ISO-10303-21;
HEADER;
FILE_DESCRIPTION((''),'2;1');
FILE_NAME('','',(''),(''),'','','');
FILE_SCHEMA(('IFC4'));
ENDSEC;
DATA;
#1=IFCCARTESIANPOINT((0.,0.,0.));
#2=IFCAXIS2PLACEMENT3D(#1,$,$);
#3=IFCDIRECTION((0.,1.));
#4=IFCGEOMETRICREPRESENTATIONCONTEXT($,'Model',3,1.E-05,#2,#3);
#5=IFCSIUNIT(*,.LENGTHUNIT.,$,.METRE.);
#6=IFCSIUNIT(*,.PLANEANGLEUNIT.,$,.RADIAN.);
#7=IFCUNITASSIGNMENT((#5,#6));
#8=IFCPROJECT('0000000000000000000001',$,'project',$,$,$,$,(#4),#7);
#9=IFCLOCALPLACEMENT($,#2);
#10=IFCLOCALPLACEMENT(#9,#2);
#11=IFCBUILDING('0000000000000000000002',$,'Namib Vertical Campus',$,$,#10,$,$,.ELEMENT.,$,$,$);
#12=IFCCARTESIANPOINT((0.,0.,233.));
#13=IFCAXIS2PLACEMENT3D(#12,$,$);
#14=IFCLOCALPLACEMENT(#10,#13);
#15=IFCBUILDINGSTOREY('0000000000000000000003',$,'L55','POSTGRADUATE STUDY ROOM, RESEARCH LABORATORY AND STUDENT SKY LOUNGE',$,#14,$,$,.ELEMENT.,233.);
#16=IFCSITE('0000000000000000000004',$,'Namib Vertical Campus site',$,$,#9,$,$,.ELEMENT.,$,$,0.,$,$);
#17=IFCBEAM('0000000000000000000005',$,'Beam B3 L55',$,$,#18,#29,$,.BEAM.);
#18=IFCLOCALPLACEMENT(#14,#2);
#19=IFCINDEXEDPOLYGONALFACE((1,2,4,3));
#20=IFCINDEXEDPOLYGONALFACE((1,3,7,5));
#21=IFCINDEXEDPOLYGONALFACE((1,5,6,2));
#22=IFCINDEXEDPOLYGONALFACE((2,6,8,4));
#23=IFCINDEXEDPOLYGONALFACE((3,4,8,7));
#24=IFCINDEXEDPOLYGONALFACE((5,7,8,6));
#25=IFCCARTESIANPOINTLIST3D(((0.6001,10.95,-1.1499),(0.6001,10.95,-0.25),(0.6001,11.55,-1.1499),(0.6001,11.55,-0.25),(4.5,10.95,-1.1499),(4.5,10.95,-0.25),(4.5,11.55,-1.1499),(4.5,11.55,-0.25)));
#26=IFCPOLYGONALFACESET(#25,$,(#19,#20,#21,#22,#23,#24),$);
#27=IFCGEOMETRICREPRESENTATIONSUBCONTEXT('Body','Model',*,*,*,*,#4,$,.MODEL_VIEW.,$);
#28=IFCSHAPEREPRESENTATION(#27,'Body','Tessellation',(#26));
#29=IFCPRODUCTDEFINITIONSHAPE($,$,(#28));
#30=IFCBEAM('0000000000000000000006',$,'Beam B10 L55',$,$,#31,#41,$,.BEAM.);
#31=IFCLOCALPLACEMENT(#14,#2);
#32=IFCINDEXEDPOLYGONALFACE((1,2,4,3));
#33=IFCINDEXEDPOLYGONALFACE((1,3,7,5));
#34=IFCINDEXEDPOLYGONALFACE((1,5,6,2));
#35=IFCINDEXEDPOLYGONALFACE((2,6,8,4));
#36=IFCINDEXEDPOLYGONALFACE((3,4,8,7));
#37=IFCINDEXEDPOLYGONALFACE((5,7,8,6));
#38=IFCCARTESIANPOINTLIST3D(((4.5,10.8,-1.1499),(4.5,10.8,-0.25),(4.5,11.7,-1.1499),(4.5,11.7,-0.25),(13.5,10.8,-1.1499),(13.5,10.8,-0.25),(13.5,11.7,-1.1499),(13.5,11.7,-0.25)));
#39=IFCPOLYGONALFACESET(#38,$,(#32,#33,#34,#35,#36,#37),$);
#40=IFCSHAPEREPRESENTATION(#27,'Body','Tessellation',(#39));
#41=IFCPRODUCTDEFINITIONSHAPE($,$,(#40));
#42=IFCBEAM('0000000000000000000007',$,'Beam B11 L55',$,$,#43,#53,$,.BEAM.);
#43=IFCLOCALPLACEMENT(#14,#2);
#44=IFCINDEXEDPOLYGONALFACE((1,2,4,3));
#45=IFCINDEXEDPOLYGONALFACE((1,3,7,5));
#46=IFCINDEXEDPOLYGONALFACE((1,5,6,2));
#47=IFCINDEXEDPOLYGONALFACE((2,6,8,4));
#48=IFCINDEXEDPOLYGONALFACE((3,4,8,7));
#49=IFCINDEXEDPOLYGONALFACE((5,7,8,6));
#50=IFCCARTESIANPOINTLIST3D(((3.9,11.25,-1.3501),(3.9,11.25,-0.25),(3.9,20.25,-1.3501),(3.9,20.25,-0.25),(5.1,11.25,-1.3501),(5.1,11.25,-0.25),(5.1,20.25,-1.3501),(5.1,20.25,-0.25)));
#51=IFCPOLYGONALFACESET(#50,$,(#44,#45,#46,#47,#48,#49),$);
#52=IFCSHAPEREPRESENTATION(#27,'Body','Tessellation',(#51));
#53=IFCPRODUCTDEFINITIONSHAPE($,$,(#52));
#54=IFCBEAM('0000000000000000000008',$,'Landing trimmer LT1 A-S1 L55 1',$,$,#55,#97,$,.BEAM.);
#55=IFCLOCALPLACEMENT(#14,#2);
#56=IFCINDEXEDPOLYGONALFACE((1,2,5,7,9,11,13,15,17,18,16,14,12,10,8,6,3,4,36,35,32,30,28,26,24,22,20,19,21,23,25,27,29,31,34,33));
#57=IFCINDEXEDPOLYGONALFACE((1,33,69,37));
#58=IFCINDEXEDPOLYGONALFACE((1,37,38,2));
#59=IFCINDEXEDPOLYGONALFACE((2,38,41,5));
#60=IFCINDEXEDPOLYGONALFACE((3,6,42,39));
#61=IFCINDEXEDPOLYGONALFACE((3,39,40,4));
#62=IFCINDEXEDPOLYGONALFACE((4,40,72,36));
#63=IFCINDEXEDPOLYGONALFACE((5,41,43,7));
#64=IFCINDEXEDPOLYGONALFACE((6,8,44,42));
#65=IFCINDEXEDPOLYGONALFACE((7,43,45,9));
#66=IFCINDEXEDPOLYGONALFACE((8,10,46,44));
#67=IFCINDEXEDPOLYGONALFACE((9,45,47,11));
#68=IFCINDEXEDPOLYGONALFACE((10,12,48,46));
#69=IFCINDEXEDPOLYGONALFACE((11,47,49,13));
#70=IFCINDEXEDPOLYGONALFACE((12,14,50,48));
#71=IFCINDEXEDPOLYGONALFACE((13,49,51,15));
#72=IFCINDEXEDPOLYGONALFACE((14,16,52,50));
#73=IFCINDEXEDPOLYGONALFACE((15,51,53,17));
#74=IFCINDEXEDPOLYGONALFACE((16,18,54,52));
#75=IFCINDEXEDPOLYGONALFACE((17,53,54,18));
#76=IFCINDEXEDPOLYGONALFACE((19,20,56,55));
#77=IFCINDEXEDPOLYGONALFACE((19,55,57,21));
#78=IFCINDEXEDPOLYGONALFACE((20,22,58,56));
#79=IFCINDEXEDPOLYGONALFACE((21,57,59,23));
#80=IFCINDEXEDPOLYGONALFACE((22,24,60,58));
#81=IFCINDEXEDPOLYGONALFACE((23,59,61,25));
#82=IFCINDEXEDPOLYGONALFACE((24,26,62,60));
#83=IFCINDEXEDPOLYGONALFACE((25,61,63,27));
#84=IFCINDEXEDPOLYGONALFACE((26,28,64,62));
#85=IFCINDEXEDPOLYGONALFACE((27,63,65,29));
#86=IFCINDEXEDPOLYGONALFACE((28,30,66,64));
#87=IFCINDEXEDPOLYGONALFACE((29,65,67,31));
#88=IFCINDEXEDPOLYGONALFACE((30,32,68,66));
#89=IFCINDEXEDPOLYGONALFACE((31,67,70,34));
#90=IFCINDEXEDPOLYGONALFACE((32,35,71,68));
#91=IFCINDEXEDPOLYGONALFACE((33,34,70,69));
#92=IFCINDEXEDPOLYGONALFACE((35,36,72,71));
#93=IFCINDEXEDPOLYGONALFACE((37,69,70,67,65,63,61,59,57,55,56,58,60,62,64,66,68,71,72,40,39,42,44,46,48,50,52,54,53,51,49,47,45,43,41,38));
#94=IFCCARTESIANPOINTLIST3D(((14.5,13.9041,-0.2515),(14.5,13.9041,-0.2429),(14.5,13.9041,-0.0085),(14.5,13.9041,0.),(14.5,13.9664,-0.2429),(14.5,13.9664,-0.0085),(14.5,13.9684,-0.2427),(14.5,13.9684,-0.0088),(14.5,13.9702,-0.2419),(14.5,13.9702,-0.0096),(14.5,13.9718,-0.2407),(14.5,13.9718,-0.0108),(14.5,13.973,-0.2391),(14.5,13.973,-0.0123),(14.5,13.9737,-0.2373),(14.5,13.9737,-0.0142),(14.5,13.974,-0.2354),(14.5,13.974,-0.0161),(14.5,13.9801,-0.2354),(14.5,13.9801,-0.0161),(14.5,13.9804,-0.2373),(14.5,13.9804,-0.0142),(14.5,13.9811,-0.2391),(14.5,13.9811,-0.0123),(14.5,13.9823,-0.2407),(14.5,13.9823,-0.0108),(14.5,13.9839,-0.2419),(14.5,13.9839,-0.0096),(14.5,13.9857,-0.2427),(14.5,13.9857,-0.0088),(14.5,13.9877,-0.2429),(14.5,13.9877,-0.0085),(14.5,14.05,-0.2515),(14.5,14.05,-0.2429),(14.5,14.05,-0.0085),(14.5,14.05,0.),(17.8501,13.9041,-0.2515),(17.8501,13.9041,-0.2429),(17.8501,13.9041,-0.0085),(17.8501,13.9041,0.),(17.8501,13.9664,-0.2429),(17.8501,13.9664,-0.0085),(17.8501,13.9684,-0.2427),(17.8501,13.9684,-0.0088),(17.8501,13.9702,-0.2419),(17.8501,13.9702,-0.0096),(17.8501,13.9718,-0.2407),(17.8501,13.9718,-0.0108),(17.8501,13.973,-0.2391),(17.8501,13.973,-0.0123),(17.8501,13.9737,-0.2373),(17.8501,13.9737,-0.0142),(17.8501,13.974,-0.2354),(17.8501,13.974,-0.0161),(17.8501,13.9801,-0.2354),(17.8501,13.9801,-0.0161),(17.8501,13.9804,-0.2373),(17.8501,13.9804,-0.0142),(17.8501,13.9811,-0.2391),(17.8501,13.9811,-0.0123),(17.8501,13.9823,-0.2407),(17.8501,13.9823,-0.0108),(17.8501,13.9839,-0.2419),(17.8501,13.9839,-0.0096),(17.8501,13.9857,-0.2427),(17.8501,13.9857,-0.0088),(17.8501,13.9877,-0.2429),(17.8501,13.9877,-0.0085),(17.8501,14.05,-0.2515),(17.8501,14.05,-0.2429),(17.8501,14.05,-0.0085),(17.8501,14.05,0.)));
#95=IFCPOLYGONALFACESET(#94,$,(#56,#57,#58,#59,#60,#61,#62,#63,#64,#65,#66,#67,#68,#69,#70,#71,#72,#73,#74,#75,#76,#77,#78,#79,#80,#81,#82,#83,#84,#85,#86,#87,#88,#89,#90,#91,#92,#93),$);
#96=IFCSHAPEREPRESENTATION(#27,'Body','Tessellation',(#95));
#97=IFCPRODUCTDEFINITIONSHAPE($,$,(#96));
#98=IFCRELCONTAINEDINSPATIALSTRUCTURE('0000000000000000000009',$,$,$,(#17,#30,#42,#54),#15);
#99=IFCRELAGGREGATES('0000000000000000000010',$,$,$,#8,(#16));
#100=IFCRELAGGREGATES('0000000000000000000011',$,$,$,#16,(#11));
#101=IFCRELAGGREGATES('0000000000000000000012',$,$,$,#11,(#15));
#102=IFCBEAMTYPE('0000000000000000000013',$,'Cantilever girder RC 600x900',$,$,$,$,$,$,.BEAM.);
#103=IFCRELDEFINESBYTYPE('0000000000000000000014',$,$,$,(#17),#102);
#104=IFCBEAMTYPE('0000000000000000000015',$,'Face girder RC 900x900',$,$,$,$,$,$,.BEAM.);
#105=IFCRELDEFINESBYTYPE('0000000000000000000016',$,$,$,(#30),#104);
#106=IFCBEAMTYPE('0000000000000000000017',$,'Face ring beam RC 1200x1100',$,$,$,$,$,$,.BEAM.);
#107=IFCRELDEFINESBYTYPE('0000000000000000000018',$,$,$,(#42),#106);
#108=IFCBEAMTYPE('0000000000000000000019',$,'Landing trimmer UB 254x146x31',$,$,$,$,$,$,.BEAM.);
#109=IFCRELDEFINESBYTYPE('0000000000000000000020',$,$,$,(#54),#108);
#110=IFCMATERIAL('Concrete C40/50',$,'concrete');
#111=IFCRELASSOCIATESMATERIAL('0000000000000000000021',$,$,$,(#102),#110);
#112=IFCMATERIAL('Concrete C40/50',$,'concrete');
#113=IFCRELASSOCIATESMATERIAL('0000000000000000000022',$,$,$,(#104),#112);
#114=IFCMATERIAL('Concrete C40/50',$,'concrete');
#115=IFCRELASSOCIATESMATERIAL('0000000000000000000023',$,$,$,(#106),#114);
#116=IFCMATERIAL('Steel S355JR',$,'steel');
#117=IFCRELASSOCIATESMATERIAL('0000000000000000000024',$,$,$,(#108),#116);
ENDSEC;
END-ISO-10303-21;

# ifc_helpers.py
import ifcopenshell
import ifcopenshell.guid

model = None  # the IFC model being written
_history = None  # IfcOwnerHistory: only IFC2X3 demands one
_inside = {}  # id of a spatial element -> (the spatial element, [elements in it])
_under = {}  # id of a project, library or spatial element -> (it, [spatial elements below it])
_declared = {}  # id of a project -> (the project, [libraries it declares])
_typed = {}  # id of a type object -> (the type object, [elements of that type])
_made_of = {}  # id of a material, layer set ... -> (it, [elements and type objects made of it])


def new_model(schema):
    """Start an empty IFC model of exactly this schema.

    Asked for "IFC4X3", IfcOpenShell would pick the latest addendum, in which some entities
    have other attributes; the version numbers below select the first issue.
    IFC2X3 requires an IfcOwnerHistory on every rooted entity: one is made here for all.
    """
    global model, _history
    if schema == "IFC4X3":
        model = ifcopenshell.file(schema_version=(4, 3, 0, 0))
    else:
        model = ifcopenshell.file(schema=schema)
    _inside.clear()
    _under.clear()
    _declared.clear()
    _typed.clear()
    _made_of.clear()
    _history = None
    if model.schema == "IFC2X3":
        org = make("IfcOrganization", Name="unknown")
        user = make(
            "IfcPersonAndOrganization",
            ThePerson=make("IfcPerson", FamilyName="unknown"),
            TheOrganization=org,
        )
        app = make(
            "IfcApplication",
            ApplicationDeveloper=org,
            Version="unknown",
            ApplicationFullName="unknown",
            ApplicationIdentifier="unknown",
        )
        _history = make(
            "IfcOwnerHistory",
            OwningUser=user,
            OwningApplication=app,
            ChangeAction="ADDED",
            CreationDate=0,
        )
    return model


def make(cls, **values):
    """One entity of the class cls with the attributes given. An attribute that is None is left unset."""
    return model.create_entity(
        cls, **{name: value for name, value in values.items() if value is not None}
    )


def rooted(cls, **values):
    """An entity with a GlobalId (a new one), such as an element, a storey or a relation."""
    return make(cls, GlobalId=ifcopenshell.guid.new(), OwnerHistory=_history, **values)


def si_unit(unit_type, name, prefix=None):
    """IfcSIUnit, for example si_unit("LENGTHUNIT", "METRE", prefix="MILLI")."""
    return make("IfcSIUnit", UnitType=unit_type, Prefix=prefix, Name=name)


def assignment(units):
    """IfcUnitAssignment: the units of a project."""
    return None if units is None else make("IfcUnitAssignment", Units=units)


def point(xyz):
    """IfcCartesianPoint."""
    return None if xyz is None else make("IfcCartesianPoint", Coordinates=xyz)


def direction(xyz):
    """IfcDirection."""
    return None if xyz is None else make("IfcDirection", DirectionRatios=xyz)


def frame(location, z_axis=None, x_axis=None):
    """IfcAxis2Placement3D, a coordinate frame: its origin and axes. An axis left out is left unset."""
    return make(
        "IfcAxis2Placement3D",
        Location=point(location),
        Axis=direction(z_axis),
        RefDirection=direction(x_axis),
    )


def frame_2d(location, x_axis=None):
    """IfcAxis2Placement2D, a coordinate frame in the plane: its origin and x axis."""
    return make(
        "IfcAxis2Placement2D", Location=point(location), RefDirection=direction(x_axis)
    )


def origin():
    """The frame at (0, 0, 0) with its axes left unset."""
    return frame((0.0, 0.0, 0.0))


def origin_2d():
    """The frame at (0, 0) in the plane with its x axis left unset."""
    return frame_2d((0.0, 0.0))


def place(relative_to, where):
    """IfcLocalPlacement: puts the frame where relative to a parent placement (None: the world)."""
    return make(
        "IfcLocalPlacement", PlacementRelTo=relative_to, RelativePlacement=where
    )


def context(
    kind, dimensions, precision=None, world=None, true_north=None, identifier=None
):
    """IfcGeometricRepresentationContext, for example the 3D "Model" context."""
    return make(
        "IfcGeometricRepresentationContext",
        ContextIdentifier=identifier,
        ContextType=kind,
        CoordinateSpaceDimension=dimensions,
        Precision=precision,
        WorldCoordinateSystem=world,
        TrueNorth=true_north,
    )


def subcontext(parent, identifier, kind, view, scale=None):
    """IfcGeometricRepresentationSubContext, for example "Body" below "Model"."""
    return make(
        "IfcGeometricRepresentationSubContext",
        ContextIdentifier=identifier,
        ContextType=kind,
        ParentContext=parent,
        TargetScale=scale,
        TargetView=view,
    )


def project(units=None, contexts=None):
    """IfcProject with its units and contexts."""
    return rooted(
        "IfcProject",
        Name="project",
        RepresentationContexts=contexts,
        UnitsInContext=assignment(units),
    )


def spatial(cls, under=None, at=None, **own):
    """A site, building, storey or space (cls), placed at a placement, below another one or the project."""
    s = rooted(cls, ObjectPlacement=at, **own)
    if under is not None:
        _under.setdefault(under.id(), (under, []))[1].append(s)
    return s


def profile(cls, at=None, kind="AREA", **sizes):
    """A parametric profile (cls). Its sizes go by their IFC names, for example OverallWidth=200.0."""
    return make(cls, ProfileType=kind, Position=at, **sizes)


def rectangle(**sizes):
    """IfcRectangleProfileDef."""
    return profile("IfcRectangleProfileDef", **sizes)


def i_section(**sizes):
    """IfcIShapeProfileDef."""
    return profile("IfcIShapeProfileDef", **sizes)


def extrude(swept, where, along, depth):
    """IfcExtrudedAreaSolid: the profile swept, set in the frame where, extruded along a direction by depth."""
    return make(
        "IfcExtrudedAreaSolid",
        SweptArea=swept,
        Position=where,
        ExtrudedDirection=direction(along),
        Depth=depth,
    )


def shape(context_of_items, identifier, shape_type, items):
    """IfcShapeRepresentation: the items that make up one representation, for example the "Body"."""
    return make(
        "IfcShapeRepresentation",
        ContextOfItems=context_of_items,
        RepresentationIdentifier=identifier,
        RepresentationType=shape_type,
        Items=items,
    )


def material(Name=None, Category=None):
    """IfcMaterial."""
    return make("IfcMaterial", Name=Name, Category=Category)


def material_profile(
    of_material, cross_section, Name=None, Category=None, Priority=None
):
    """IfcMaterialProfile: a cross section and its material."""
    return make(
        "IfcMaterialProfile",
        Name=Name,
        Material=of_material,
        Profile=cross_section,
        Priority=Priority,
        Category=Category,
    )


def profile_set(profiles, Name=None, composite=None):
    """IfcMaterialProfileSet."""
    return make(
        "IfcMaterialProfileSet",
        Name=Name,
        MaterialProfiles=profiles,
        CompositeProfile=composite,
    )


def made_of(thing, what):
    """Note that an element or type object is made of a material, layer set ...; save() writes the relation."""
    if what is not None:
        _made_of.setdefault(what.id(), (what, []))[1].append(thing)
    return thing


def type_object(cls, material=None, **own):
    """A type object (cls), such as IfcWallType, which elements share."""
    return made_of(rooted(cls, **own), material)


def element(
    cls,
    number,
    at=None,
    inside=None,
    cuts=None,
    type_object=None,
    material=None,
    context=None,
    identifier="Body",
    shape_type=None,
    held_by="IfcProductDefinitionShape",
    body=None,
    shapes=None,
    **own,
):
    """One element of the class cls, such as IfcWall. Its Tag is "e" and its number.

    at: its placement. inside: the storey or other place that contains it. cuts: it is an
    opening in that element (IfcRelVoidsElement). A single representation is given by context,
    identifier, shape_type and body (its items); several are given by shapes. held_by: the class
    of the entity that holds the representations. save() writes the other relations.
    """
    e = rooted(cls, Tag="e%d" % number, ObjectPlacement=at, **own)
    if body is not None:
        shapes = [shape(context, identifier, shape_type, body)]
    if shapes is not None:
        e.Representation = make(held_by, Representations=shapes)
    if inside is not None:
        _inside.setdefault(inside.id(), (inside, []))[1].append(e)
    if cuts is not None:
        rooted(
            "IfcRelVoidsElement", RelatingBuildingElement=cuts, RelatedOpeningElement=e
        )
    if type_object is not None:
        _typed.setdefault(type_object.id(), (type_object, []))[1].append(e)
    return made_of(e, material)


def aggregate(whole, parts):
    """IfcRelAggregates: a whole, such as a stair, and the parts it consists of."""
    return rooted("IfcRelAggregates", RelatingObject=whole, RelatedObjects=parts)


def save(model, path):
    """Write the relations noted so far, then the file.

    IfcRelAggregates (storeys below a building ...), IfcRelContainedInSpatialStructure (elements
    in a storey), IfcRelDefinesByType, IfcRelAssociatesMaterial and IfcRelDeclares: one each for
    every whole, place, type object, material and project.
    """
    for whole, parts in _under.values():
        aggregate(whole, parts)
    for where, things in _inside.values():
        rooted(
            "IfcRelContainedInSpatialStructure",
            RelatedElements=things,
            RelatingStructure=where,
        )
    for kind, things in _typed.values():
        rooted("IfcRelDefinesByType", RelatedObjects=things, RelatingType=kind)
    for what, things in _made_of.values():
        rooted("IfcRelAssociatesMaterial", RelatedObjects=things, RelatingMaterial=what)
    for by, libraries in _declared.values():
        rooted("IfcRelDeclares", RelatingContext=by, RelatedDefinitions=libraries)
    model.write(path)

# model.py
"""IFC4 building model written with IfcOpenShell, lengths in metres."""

from ifc_helpers import new_model, si_unit, direction, frame, origin, origin_2d, place, context, subcontext, project, spatial, rectangle, i_section, extrude, material, material_profile, profile_set, type_object, element, save


model = new_model("IFC4")

# Units and contexts
model_context = context("Model", 3, precision=1e-05, world=origin(), true_north=direction((0.0, 1.0)))
body_context = subcontext(model_context, "Body", "Model", "MODEL_VIEW")
ifc_project = project(units=[si_unit("LENGTHUNIT", "METRE"), si_unit("PLANEANGLEUNIT", "RADIAN")], contexts=[model_context])

# Site, building, storey
site_placement = place(None, origin())
site = spatial("IfcSite", under=ifc_project, at=site_placement, Name="Namib Vertical Campus site", CompositionType="ELEMENT", RefElevation=0.0)
building_placement = place(site_placement, origin())
building = spatial("IfcBuilding", under=site, at=building_placement, Name="Namib Vertical Campus", CompositionType="ELEMENT")
storey_placement = place(building_placement, frame((0.0, 0.0, 233.0)))
storey = spatial("IfcBuildingStorey", under=building, at=storey_placement, Name="L55", Description="POSTGRADUATE STUDY ROOM, RESEARCH LABORATORY AND STUDENT SKY LOUNGE", CompositionType="ELEMENT", Elevation=233.0)

# Beams
ifc_material_1 = material(Name="Concrete C40/50", Category="concrete")
ifc_material_profile_1 = material_profile(ifc_material_1, rectangle(XDim=0.6001, YDim=0.8999, at=origin_2d()))
ifc_profile_set_1 = profile_set([ifc_material_profile_1], Name="Concrete C40/50")
beam_type_1 = type_object("IfcBeamType", Name="Cantilever girder RC 600x900", PredefinedType="BEAM", material=ifc_profile_set_1)
beam_1_placement = place(storey_placement, frame((4.5, 11.25, -0.7), z_axis=(-1.0, 0.0, 0.0), x_axis=(0.0, -1.0, 0.0)))
element("IfcBeam", 1, at=beam_1_placement, inside=storey, type_object=beam_type_1, Name="Beam B3 L55", PredefinedType="BEAM", context=body_context, shape_type="SweptSolid", body=[
    extrude(rectangle(XDim=0.6001, YDim=0.8999, at=origin_2d()), origin(), (0.0, 0.0, 1.0), 3.8999),
])
ifc_material_2 = material(Name="Concrete C40/50", Category="concrete")
ifc_material_profile_2 = material_profile(ifc_material_2, rectangle(XDim=0.8999, YDim=0.8999, at=origin_2d()))
ifc_profile_set_2 = profile_set([ifc_material_profile_2], Name="Concrete C40/50")
beam_type_2 = type_object("IfcBeamType", Name="Face girder RC 900x900", PredefinedType="BEAM", material=ifc_profile_set_2)
beam_2_placement = place(storey_placement, frame((4.5, 11.25, -0.7), z_axis=(1.0, 0.0, 0.0), x_axis=(0.0, 1.0, 0.0)))
element("IfcBeam", 2, at=beam_2_placement, inside=storey, type_object=beam_type_2, Name="Beam B10 L55", PredefinedType="BEAM", context=body_context, shape_type="SweptSolid", body=[
    extrude(rectangle(XDim=0.8999, YDim=0.8999, at=origin_2d()), origin(), (0.0, 0.0, 1.0), 9.0),
])
ifc_material_3 = material(Name="Concrete C40/50", Category="concrete")
ifc_material_profile_3 = material_profile(ifc_material_3, rectangle(XDim=1.2, YDim=1.1001, at=origin_2d()))
ifc_profile_set_3 = profile_set([ifc_material_profile_3], Name="Concrete C40/50")
beam_type_3 = type_object("IfcBeamType", Name="Face ring beam RC 1200x1100", PredefinedType="BEAM", material=ifc_profile_set_3)
beam_3_placement = place(storey_placement, frame((4.5, 11.25, -0.8), z_axis=(0.0, 1.0, 0.0), x_axis=(-1.0, 0.0, 0.0)))
element("IfcBeam", 3, at=beam_3_placement, inside=storey, type_object=beam_type_3, Name="Beam B11 L55", PredefinedType="BEAM", context=body_context, shape_type="SweptSolid", body=[
    extrude(rectangle(XDim=1.2, YDim=1.1001, at=origin_2d()), origin(), (0.0, 0.0, 1.0), 9.0),
])
ifc_material_4 = material(Name="Steel S355JR", Category="steel")
ifc_material_profile_4 = material_profile(ifc_material_4, i_section(OverallWidth=0.146, OverallDepth=0.2515, WebThickness=0.0061, FlangeThickness=0.0085, FilletRadius=0.0076, at=origin_2d()))
ifc_profile_set_4 = profile_set([ifc_material_profile_4], Name="Steel S355JR")
beam_type_4 = type_object("IfcBeamType", Name="Landing trimmer UB 254x146x31", PredefinedType="BEAM", material=ifc_profile_set_4)
beam_4_placement = place(storey_placement, frame((14.5, 13.9771, -0.1257), z_axis=(1.0, 0.0, 0.0), x_axis=(0.0, 1.0, 0.0)))
element("IfcBeam", 4, at=beam_4_placement, inside=storey, type_object=beam_type_4, Name="Landing trimmer LT1 A-S1 L55 1", PredefinedType="BEAM", context=body_context, shape_type="SweptSolid", body=[
    extrude(i_section(OverallWidth=0.146, OverallDepth=0.2515, WebThickness=0.0061, FlangeThickness=0.0085, FilletRadius=0.0076, at=origin_2d()), origin(), (0.0, 0.0, 1.0), 3.3501),
])

save(model, "model.ifc")
